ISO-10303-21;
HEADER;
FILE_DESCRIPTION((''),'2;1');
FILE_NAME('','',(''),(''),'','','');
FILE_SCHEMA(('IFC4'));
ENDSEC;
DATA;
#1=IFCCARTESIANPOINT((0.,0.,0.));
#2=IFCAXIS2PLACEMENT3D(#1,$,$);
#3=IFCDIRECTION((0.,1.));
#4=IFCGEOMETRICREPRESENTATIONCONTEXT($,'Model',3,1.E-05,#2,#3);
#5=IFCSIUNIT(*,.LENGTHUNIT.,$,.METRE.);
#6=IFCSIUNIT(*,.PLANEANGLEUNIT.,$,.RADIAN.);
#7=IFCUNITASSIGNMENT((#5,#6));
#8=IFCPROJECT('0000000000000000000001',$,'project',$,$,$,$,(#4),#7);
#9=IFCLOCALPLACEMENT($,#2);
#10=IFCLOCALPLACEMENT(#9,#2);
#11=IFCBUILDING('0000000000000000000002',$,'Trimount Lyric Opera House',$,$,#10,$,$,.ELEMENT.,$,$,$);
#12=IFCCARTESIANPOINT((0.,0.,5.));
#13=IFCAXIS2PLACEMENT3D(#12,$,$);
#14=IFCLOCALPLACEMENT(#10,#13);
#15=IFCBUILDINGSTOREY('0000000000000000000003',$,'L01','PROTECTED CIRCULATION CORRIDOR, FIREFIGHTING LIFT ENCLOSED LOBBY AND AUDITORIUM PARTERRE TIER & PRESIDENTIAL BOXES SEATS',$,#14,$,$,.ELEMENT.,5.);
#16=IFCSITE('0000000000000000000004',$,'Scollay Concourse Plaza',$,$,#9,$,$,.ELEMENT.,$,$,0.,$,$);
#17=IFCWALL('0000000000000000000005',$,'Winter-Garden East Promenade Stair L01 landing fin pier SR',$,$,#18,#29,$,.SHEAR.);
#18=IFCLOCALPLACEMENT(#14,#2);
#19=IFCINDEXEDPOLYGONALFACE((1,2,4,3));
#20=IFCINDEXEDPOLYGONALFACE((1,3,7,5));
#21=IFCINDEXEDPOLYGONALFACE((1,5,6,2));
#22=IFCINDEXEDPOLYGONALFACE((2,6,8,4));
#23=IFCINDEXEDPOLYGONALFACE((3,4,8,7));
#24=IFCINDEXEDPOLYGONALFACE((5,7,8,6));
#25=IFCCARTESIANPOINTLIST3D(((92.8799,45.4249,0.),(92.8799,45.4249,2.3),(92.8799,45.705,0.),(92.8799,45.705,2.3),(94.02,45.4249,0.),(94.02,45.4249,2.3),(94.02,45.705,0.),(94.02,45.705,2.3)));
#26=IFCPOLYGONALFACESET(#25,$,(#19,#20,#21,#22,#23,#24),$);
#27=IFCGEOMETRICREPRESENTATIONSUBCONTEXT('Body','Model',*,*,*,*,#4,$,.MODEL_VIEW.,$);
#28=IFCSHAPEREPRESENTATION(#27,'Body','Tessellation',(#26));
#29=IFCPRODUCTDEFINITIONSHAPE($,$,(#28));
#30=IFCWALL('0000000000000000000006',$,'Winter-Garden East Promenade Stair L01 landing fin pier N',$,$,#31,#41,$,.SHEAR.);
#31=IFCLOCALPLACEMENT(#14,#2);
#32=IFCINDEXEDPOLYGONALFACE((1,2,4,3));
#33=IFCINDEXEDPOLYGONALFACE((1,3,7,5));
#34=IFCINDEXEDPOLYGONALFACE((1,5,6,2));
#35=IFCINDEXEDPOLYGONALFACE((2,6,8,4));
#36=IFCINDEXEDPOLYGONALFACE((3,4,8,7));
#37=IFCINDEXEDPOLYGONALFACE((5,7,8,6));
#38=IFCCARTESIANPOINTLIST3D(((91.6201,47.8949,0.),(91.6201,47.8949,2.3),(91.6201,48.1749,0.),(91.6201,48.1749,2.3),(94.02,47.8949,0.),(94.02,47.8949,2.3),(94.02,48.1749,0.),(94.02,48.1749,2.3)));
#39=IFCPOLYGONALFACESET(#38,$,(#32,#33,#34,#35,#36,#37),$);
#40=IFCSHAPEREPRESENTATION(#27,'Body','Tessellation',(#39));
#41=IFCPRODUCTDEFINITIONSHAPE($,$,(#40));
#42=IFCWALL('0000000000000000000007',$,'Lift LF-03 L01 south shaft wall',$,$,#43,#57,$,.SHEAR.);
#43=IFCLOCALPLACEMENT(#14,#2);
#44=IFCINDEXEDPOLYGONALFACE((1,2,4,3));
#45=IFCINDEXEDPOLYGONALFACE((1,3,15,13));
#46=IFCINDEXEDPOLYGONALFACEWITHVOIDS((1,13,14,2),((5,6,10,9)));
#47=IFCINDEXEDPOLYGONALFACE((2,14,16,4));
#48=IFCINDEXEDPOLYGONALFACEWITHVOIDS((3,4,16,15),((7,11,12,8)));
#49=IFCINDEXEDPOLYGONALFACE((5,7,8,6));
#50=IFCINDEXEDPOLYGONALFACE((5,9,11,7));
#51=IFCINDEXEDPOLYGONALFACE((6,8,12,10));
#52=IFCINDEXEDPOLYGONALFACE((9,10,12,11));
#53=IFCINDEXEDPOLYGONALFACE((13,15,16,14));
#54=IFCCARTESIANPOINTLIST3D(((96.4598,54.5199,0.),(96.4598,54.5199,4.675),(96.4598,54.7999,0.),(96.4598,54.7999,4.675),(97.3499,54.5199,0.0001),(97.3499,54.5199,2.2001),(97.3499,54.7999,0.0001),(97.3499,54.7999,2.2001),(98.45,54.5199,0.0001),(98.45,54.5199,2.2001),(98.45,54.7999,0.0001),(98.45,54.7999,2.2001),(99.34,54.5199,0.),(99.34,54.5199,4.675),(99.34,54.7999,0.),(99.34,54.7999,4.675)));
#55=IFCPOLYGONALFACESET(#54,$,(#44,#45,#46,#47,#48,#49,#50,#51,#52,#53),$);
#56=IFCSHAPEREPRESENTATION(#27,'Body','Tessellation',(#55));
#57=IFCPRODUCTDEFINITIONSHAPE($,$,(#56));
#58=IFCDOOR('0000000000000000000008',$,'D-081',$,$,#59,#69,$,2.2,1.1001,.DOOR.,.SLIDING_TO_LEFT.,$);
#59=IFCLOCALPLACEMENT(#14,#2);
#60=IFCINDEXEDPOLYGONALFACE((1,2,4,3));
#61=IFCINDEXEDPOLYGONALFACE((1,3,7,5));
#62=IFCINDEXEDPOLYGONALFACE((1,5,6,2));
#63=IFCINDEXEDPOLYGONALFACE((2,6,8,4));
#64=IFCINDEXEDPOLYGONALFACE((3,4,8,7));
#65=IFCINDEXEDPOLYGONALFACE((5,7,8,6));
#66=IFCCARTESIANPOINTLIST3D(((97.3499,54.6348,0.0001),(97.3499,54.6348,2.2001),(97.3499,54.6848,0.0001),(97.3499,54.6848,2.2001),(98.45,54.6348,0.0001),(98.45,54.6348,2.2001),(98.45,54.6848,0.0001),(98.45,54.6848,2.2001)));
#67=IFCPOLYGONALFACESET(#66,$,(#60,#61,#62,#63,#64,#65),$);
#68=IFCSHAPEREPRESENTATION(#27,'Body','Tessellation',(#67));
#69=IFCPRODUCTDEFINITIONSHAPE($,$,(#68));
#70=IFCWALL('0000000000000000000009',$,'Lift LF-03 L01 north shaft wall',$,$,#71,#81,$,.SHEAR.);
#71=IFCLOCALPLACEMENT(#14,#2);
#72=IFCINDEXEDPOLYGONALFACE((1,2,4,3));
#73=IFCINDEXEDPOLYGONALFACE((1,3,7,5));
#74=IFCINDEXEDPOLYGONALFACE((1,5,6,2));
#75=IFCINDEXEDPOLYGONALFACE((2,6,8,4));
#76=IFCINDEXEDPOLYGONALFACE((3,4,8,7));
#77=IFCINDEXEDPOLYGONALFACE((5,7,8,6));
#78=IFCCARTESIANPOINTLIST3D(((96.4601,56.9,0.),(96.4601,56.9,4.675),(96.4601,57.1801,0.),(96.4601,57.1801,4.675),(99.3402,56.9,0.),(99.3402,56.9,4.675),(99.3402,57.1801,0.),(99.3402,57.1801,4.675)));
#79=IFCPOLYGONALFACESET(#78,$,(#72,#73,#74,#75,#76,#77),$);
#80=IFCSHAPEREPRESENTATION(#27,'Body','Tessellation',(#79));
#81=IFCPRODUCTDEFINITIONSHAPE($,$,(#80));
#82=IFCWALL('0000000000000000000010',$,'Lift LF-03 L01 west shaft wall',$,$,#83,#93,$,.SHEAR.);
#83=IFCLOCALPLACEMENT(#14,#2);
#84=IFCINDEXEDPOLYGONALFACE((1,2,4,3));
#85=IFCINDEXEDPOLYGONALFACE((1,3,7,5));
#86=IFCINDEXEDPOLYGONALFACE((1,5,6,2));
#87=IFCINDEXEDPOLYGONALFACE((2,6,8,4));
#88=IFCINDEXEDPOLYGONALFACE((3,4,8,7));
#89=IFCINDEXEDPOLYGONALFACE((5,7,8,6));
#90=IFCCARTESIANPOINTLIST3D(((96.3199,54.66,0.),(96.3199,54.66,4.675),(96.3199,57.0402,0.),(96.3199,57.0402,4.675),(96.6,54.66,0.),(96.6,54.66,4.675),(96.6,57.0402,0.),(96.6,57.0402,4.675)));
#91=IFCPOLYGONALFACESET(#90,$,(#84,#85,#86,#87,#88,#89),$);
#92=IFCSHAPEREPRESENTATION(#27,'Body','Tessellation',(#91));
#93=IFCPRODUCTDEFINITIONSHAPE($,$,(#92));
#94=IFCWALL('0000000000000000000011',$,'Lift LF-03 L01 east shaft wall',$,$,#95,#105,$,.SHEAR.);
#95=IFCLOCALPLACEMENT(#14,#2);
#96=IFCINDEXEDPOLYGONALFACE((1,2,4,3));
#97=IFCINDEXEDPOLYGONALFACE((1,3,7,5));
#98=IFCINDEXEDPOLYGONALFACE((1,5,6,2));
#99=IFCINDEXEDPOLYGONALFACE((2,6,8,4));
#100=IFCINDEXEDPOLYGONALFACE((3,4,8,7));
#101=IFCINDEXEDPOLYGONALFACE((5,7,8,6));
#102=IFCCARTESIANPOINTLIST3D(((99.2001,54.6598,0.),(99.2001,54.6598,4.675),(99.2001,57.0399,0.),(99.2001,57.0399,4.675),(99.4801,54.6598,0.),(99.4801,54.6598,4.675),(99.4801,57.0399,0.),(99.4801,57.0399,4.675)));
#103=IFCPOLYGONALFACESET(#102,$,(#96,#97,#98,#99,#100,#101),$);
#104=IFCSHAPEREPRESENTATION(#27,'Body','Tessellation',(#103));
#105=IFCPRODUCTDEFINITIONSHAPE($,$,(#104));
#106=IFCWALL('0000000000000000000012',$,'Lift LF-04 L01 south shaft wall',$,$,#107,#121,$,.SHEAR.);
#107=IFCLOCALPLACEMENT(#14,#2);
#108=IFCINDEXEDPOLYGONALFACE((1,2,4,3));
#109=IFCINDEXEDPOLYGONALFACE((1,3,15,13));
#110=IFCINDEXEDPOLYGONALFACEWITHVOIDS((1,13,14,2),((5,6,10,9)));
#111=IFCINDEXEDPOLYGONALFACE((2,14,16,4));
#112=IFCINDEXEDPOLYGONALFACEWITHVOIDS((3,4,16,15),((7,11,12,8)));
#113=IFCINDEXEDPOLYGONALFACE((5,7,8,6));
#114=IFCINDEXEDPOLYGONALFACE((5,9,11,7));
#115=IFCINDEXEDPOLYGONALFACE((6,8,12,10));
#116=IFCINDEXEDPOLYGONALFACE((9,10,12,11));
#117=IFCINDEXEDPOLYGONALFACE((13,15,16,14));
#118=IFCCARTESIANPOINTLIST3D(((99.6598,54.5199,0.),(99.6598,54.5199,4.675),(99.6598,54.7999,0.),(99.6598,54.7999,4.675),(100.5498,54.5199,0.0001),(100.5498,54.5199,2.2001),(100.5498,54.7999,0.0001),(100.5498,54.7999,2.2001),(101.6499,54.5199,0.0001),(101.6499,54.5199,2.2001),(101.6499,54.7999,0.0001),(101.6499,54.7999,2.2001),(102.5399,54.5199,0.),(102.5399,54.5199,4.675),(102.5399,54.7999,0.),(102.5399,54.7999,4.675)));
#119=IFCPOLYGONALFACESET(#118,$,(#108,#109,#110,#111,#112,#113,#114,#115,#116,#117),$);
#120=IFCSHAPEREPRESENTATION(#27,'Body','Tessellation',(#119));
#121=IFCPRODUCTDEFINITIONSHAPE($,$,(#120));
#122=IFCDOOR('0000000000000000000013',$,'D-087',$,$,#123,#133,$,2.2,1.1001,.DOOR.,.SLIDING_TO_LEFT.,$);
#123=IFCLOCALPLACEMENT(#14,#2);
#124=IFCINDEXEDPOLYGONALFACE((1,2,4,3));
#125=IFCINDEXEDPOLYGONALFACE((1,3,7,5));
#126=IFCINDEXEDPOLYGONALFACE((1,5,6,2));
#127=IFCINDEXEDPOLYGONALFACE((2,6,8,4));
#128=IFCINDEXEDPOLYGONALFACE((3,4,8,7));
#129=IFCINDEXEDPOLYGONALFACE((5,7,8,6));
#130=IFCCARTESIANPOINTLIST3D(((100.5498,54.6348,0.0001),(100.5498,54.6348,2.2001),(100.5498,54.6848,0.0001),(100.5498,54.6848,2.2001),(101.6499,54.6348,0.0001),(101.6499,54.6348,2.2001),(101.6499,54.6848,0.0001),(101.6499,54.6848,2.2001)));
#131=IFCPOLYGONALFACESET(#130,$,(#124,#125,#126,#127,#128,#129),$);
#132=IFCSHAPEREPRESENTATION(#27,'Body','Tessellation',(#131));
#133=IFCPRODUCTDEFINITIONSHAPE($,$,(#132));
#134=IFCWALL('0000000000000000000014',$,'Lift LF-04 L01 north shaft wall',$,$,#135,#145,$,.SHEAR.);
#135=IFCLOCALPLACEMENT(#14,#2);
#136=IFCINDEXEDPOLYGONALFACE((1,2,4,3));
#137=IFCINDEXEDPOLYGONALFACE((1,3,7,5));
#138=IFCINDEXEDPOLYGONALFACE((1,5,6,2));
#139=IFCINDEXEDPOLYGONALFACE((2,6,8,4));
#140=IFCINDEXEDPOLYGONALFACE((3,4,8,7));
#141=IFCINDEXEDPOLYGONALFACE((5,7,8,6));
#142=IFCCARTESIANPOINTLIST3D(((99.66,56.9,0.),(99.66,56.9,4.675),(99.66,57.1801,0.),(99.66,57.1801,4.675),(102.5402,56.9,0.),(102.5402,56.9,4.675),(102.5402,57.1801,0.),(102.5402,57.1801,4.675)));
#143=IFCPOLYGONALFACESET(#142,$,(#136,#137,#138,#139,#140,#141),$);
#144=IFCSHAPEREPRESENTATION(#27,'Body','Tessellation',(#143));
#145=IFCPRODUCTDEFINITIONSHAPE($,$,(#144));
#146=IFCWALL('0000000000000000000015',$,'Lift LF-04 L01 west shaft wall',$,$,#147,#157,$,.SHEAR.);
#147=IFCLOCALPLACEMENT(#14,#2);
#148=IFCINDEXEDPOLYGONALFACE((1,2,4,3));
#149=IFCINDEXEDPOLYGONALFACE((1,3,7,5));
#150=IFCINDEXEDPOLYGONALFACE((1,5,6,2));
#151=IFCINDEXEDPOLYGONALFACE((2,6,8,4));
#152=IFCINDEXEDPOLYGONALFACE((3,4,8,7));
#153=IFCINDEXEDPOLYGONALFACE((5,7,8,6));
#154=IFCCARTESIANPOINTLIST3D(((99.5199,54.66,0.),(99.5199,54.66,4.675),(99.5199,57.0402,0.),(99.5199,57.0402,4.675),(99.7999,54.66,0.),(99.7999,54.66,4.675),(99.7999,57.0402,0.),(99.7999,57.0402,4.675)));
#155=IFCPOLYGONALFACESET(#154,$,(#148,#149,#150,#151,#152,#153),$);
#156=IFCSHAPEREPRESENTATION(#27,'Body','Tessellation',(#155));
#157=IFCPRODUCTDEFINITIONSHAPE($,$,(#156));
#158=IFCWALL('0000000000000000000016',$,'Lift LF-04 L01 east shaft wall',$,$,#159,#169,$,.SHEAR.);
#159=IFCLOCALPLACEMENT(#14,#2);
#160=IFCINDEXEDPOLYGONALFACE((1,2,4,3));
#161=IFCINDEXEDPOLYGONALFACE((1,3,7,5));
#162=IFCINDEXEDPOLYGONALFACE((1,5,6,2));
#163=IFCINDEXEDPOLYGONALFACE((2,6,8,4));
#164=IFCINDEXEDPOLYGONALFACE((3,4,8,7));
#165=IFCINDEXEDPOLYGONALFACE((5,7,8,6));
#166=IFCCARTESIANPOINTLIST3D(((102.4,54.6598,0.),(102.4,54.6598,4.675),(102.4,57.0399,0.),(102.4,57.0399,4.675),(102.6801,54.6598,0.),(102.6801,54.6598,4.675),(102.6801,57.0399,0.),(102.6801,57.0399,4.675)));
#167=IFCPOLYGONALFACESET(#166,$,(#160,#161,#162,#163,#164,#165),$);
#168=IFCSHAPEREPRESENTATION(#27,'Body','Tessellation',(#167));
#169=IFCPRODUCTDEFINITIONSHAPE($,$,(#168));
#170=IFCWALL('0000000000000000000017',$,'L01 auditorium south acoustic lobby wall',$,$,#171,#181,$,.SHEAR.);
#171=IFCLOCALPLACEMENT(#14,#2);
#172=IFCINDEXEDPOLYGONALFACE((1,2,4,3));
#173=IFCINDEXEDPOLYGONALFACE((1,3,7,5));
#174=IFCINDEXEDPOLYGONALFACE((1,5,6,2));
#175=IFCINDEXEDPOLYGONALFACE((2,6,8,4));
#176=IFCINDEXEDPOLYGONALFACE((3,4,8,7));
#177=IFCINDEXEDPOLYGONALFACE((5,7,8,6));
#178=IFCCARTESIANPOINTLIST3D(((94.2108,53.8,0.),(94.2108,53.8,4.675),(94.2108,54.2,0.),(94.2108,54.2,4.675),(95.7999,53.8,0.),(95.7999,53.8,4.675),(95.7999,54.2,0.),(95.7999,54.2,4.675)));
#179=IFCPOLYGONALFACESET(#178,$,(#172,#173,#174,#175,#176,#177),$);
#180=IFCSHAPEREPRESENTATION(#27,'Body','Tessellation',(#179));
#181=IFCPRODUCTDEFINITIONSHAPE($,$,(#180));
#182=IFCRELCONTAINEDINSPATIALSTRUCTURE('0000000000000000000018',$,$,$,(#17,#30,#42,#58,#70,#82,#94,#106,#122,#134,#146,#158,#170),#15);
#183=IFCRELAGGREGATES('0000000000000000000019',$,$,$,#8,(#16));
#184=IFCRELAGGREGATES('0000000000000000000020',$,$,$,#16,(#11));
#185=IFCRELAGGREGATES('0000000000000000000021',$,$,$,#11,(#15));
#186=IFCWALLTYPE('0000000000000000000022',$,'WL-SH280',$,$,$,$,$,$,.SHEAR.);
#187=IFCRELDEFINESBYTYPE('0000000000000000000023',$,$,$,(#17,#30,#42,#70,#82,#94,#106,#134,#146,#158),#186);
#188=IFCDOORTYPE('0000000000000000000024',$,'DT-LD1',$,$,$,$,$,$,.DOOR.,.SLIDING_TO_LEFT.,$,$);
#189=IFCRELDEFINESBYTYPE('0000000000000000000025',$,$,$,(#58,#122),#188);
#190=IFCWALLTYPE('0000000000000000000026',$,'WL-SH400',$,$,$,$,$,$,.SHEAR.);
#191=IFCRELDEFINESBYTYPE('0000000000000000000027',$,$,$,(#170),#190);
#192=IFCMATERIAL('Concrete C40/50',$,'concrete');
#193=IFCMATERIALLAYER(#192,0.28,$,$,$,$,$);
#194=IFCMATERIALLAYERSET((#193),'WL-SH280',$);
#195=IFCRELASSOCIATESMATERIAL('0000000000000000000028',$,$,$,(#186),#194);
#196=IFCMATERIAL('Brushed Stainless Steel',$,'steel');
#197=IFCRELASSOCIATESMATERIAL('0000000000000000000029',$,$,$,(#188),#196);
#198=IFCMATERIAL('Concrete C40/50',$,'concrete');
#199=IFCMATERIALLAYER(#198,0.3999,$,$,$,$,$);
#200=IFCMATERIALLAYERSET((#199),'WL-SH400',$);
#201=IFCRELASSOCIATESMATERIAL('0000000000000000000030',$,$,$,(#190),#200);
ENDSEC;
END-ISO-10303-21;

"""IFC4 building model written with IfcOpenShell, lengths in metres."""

from ifc_helpers import new_model, si_unit, direction, frame, frame_2d, origin, place, context, subcontext, project, spatial, rectangle, extrude, material, layer, layer_set, type_object, element, fill, save


model = new_model("IFC4")

# Units and contexts
model_context = context("Model", 3, precision=1e-05, world=origin(), true_north=direction((0.0, 1.0)))
body_context = subcontext(model_context, "Body", "Model", "MODEL_VIEW")
ifc_project = project(units=[si_unit("LENGTHUNIT", "METRE"), si_unit("PLANEANGLEUNIT", "RADIAN")], contexts=[model_context])

# Site, building, storey
site_placement = place(None, origin())
site = spatial("IfcSite", under=ifc_project, at=site_placement, Name="Scollay Concourse Plaza", CompositionType="ELEMENT", RefElevation=0.0)
building_placement = place(site_placement, origin())
building = spatial("IfcBuilding", under=site, at=building_placement, Name="Trimount Lyric Opera House", CompositionType="ELEMENT")
storey_placement = place(building_placement, frame((0.0, 0.0, 5.0)))
storey = spatial("IfcBuildingStorey", under=building, at=storey_placement, Name="L01", Description="PROTECTED CIRCULATION CORRIDOR, FIREFIGHTING LIFT ENCLOSED LOBBY AND AUDITORIUM PARTERRE TIER & PRESIDENTIAL BOXES SEATS", CompositionType="ELEMENT", Elevation=5.0)

# Walls
ifc_material_1 = material(Name="Concrete C40/50", Category="concrete")
ifc_layer_1 = layer(ifc_material_1, 0.28)
ifc_layer_set_1 = layer_set([ifc_layer_1], Name="WL-SH280")
wall_type_1 = type_object("IfcWallType", Name="WL-SH280", PredefinedType="SHEAR", material=ifc_layer_set_1)
wall_1_placement = place(storey_placement, frame((92.8799, 45.5649, 0.0), z_axis=(0.0, 0.0, 1.0), x_axis=(1.0, 0.0, 0.0)))
element("IfcWall", 1, at=wall_1_placement, inside=storey, type_object=wall_type_1, Name="Winter-Garden East Promenade Stair L01 landing fin pier SR", PredefinedType="SHEAR", context=body_context, shape_type="SweptSolid", body=[
    extrude(rectangle(XDim=1.1401, YDim=0.28, at=frame_2d((0.5701, 0.0))), origin(), (0.0, 0.0, 1.0), 2.3),
])
wall_2_placement = place(storey_placement, frame((91.6201, 48.0349, 0.0), z_axis=(0.0, 0.0, 1.0), x_axis=(1.0, 0.0, 0.0)))
element("IfcWall", 2, at=wall_2_placement, inside=storey, type_object=wall_type_1, Name="Winter-Garden East Promenade Stair L01 landing fin pier N", PredefinedType="SHEAR", context=body_context, shape_type="SweptSolid", body=[
    extrude(rectangle(XDim=2.3999, YDim=0.28, at=frame_2d((1.2, 0.0))), origin(), (0.0, 0.0, 1.0), 2.3),
])

# Wall, opening, door
wall_3_placement = place(storey_placement, frame((96.46, 54.6599, 0.0), z_axis=(0.0, 0.0, 1.0), x_axis=(1.0, 0.0, 0.0)))
wall_3 = element("IfcWall", 3, at=wall_3_placement, inside=storey, type_object=wall_type_1, Name="Lift LF-03 L01 south shaft wall", PredefinedType="SHEAR", context=body_context, shape_type="SweptSolid", body=[
    extrude(rectangle(XDim=2.8801, YDim=0.28, at=frame_2d((1.4399, 0.0))), origin(), (0.0, 0.0, 1.0), 4.675),
])
opening_1_placement = place(wall_3_placement, frame((0.8899, 0.0, 0.0)))
opening_1 = element("IfcOpeningElement", 4, at=opening_1_placement, cuts=wall_3, PredefinedType="OPENING", context=body_context, shape_type="SweptSolid", body=[
    extrude(rectangle(XDim=1.1001, YDim=2.2, at=frame_2d((0.55, 1.1001))), frame((0.0, 0.1499, 0.0), z_axis=(0.0, -1.0, 0.0), x_axis=(1.0, 0.0, 0.0)), (0.0, 0.0, 1.0), 0.3),
])
ifc_material_2 = material(Name="Brushed Stainless Steel", Category="steel")
door_type_1 = type_object("IfcDoorType", Name="DT-LD1", OperationType="SLIDING_TO_LEFT", PredefinedType="DOOR", material=ifc_material_2)
door_1_placement = place(opening_1_placement, origin())
door_1 = element("IfcDoor", 5, at=door_1_placement, inside=storey, type_object=door_type_1, Name="D-081", OperationType="SLIDING_TO_LEFT", OverallHeight=2.2, OverallWidth=1.1001, PredefinedType="DOOR", context=body_context, shape_type="SweptSolid", body=[
    extrude(rectangle(XDim=1.1001, YDim=2.2, at=frame_2d((0.55, 1.1001))), frame((0.0, 0.0249, 0.0), z_axis=(0.0, -1.0, 0.0), x_axis=(1.0, 0.0, 0.0)), (0.0, 0.0, 1.0), 0.05),
])
fill(opening_1, door_1)

# Walls
wall_4_placement = place(storey_placement, frame((99.3401, 57.04, 0.0), z_axis=(0.0, 0.0, 1.0), x_axis=(-1.0, 0.0, 0.0)))
element("IfcWall", 6, at=wall_4_placement, inside=storey, type_object=wall_type_1, Name="Lift LF-03 L01 north shaft wall", PredefinedType="SHEAR", context=body_context, shape_type="SweptSolid", body=[
    extrude(rectangle(XDim=2.8801, YDim=0.28, at=frame_2d((1.4399, 0.0))), origin(), (0.0, 0.0, 1.0), 4.675),
])
for number, where, z_axis, x_axis, name in (
    (7, (96.46, 57.04, 0.0), (0.0, 0.0, 1.0), (0.0, -1.0, 0.0), "Lift LF-03 L01 west shaft wall"),
    (8, (99.3401, 54.6599, 0.0), (0.0, 0.0, 1.0), (0.0, 1.0, 0.0), "Lift LF-03 L01 east shaft wall"),
):
    element("IfcWall", number, at=place(storey_placement, frame(where, z_axis=z_axis, x_axis=x_axis)), inside=storey, type_object=wall_type_1, Name=name, PredefinedType="SHEAR", context=body_context, shape_type="SweptSolid", body=[
        extrude(rectangle(XDim=2.3801, YDim=0.28, at=frame_2d((1.1899, 0.0))), origin(), (0.0, 0.0, 1.0), 4.675),
    ])

# Wall, opening, door
wall_5_placement = place(storey_placement, frame((99.6599, 54.6599, 0.0), z_axis=(0.0, 0.0, 1.0), x_axis=(1.0, 0.0, 0.0)))
wall_5 = element("IfcWall", 9, at=wall_5_placement, inside=storey, type_object=wall_type_1, Name="Lift LF-04 L01 south shaft wall", PredefinedType="SHEAR", context=body_context, shape_type="SweptSolid", body=[
    extrude(rectangle(XDim=2.8801, YDim=0.28, at=frame_2d((1.4399, 0.0))), origin(), (0.0, 0.0, 1.0), 4.675),
])
opening_2_placement = place(wall_5_placement, frame((0.8899, 0.0, 0.0)))
opening_2 = element("IfcOpeningElement", 10, at=opening_2_placement, cuts=wall_5, PredefinedType="OPENING", context=body_context, shape_type="SweptSolid", body=[
    extrude(rectangle(XDim=1.1001, YDim=2.2, at=frame_2d((0.55, 1.1001))), frame((0.0, 0.1499, 0.0), z_axis=(0.0, -1.0, 0.0), x_axis=(1.0, 0.0, 0.0)), (0.0, 0.0, 1.0), 0.3),
])
door_2_placement = place(opening_2_placement, origin())
door_2 = element("IfcDoor", 11, at=door_2_placement, inside=storey, type_object=door_type_1, Name="D-087", OperationType="SLIDING_TO_LEFT", OverallHeight=2.2, OverallWidth=1.1001, PredefinedType="DOOR", context=body_context, shape_type="SweptSolid", body=[
    extrude(rectangle(XDim=1.1001, YDim=2.2, at=frame_2d((0.55, 1.1001))), frame((0.0, 0.0249, 0.0), z_axis=(0.0, -1.0, 0.0), x_axis=(1.0, 0.0, 0.0)), (0.0, 0.0, 1.0), 0.05),
])
fill(opening_2, door_2)

# Walls
wall_6_placement = place(storey_placement, frame((102.54, 57.04, 0.0), z_axis=(0.0, 0.0, 1.0), x_axis=(-1.0, 0.0, 0.0)))
element("IfcWall", 12, at=wall_6_placement, inside=storey, type_object=wall_type_1, Name="Lift LF-04 L01 north shaft wall", PredefinedType="SHEAR", context=body_context, shape_type="SweptSolid", body=[
    extrude(rectangle(XDim=2.8801, YDim=0.28, at=frame_2d((1.4399, 0.0))), origin(), (0.0, 0.0, 1.0), 4.675),
])
for number, where, z_axis, x_axis, name in (
    (13, (99.6599, 57.04, 0.0), (0.0, 0.0, 1.0), (0.0, -1.0, 0.0), "Lift LF-04 L01 west shaft wall"),
    (14, (102.54, 54.6599, 0.0), (0.0, 0.0, 1.0), (0.0, 1.0, 0.0), "Lift LF-04 L01 east shaft wall"),
):
    element("IfcWall", number, at=place(storey_placement, frame(where, z_axis=z_axis, x_axis=x_axis)), inside=storey, type_object=wall_type_1, Name=name, PredefinedType="SHEAR", context=body_context, shape_type="SweptSolid", body=[
        extrude(rectangle(XDim=2.3801, YDim=0.28, at=frame_2d((1.1899, 0.0))), origin(), (0.0, 0.0, 1.0), 4.675),
    ])
ifc_material_3 = material(Name="Concrete C40/50", Category="concrete")
ifc_layer_2 = layer(ifc_material_3, 0.3999)
ifc_layer_set_2 = layer_set([ifc_layer_2], Name="WL-SH400")
wall_type_2 = type_object("IfcWallType", Name="WL-SH400", PredefinedType="SHEAR", material=ifc_layer_set_2)
wall_7_placement = place(storey_placement, frame((94.2109, 54.0, 0.0), z_axis=(0.0, 0.0, 1.0), x_axis=(1.0, 0.0, 0.0)))
element("IfcWall", 15, at=wall_7_placement, inside=storey, type_object=wall_type_2, Name="L01 auditorium south acoustic lobby wall", PredefinedType="SHEAR", context=body_context, shape_type="SweptSolid", body=[
    extrude(rectangle(XDim=1.5891, YDim=0.3999, at=frame_2d((0.7944, 0.0))), origin(), (0.0, 0.0, 1.0), 4.675),
])

save(model, "model.ifc")
